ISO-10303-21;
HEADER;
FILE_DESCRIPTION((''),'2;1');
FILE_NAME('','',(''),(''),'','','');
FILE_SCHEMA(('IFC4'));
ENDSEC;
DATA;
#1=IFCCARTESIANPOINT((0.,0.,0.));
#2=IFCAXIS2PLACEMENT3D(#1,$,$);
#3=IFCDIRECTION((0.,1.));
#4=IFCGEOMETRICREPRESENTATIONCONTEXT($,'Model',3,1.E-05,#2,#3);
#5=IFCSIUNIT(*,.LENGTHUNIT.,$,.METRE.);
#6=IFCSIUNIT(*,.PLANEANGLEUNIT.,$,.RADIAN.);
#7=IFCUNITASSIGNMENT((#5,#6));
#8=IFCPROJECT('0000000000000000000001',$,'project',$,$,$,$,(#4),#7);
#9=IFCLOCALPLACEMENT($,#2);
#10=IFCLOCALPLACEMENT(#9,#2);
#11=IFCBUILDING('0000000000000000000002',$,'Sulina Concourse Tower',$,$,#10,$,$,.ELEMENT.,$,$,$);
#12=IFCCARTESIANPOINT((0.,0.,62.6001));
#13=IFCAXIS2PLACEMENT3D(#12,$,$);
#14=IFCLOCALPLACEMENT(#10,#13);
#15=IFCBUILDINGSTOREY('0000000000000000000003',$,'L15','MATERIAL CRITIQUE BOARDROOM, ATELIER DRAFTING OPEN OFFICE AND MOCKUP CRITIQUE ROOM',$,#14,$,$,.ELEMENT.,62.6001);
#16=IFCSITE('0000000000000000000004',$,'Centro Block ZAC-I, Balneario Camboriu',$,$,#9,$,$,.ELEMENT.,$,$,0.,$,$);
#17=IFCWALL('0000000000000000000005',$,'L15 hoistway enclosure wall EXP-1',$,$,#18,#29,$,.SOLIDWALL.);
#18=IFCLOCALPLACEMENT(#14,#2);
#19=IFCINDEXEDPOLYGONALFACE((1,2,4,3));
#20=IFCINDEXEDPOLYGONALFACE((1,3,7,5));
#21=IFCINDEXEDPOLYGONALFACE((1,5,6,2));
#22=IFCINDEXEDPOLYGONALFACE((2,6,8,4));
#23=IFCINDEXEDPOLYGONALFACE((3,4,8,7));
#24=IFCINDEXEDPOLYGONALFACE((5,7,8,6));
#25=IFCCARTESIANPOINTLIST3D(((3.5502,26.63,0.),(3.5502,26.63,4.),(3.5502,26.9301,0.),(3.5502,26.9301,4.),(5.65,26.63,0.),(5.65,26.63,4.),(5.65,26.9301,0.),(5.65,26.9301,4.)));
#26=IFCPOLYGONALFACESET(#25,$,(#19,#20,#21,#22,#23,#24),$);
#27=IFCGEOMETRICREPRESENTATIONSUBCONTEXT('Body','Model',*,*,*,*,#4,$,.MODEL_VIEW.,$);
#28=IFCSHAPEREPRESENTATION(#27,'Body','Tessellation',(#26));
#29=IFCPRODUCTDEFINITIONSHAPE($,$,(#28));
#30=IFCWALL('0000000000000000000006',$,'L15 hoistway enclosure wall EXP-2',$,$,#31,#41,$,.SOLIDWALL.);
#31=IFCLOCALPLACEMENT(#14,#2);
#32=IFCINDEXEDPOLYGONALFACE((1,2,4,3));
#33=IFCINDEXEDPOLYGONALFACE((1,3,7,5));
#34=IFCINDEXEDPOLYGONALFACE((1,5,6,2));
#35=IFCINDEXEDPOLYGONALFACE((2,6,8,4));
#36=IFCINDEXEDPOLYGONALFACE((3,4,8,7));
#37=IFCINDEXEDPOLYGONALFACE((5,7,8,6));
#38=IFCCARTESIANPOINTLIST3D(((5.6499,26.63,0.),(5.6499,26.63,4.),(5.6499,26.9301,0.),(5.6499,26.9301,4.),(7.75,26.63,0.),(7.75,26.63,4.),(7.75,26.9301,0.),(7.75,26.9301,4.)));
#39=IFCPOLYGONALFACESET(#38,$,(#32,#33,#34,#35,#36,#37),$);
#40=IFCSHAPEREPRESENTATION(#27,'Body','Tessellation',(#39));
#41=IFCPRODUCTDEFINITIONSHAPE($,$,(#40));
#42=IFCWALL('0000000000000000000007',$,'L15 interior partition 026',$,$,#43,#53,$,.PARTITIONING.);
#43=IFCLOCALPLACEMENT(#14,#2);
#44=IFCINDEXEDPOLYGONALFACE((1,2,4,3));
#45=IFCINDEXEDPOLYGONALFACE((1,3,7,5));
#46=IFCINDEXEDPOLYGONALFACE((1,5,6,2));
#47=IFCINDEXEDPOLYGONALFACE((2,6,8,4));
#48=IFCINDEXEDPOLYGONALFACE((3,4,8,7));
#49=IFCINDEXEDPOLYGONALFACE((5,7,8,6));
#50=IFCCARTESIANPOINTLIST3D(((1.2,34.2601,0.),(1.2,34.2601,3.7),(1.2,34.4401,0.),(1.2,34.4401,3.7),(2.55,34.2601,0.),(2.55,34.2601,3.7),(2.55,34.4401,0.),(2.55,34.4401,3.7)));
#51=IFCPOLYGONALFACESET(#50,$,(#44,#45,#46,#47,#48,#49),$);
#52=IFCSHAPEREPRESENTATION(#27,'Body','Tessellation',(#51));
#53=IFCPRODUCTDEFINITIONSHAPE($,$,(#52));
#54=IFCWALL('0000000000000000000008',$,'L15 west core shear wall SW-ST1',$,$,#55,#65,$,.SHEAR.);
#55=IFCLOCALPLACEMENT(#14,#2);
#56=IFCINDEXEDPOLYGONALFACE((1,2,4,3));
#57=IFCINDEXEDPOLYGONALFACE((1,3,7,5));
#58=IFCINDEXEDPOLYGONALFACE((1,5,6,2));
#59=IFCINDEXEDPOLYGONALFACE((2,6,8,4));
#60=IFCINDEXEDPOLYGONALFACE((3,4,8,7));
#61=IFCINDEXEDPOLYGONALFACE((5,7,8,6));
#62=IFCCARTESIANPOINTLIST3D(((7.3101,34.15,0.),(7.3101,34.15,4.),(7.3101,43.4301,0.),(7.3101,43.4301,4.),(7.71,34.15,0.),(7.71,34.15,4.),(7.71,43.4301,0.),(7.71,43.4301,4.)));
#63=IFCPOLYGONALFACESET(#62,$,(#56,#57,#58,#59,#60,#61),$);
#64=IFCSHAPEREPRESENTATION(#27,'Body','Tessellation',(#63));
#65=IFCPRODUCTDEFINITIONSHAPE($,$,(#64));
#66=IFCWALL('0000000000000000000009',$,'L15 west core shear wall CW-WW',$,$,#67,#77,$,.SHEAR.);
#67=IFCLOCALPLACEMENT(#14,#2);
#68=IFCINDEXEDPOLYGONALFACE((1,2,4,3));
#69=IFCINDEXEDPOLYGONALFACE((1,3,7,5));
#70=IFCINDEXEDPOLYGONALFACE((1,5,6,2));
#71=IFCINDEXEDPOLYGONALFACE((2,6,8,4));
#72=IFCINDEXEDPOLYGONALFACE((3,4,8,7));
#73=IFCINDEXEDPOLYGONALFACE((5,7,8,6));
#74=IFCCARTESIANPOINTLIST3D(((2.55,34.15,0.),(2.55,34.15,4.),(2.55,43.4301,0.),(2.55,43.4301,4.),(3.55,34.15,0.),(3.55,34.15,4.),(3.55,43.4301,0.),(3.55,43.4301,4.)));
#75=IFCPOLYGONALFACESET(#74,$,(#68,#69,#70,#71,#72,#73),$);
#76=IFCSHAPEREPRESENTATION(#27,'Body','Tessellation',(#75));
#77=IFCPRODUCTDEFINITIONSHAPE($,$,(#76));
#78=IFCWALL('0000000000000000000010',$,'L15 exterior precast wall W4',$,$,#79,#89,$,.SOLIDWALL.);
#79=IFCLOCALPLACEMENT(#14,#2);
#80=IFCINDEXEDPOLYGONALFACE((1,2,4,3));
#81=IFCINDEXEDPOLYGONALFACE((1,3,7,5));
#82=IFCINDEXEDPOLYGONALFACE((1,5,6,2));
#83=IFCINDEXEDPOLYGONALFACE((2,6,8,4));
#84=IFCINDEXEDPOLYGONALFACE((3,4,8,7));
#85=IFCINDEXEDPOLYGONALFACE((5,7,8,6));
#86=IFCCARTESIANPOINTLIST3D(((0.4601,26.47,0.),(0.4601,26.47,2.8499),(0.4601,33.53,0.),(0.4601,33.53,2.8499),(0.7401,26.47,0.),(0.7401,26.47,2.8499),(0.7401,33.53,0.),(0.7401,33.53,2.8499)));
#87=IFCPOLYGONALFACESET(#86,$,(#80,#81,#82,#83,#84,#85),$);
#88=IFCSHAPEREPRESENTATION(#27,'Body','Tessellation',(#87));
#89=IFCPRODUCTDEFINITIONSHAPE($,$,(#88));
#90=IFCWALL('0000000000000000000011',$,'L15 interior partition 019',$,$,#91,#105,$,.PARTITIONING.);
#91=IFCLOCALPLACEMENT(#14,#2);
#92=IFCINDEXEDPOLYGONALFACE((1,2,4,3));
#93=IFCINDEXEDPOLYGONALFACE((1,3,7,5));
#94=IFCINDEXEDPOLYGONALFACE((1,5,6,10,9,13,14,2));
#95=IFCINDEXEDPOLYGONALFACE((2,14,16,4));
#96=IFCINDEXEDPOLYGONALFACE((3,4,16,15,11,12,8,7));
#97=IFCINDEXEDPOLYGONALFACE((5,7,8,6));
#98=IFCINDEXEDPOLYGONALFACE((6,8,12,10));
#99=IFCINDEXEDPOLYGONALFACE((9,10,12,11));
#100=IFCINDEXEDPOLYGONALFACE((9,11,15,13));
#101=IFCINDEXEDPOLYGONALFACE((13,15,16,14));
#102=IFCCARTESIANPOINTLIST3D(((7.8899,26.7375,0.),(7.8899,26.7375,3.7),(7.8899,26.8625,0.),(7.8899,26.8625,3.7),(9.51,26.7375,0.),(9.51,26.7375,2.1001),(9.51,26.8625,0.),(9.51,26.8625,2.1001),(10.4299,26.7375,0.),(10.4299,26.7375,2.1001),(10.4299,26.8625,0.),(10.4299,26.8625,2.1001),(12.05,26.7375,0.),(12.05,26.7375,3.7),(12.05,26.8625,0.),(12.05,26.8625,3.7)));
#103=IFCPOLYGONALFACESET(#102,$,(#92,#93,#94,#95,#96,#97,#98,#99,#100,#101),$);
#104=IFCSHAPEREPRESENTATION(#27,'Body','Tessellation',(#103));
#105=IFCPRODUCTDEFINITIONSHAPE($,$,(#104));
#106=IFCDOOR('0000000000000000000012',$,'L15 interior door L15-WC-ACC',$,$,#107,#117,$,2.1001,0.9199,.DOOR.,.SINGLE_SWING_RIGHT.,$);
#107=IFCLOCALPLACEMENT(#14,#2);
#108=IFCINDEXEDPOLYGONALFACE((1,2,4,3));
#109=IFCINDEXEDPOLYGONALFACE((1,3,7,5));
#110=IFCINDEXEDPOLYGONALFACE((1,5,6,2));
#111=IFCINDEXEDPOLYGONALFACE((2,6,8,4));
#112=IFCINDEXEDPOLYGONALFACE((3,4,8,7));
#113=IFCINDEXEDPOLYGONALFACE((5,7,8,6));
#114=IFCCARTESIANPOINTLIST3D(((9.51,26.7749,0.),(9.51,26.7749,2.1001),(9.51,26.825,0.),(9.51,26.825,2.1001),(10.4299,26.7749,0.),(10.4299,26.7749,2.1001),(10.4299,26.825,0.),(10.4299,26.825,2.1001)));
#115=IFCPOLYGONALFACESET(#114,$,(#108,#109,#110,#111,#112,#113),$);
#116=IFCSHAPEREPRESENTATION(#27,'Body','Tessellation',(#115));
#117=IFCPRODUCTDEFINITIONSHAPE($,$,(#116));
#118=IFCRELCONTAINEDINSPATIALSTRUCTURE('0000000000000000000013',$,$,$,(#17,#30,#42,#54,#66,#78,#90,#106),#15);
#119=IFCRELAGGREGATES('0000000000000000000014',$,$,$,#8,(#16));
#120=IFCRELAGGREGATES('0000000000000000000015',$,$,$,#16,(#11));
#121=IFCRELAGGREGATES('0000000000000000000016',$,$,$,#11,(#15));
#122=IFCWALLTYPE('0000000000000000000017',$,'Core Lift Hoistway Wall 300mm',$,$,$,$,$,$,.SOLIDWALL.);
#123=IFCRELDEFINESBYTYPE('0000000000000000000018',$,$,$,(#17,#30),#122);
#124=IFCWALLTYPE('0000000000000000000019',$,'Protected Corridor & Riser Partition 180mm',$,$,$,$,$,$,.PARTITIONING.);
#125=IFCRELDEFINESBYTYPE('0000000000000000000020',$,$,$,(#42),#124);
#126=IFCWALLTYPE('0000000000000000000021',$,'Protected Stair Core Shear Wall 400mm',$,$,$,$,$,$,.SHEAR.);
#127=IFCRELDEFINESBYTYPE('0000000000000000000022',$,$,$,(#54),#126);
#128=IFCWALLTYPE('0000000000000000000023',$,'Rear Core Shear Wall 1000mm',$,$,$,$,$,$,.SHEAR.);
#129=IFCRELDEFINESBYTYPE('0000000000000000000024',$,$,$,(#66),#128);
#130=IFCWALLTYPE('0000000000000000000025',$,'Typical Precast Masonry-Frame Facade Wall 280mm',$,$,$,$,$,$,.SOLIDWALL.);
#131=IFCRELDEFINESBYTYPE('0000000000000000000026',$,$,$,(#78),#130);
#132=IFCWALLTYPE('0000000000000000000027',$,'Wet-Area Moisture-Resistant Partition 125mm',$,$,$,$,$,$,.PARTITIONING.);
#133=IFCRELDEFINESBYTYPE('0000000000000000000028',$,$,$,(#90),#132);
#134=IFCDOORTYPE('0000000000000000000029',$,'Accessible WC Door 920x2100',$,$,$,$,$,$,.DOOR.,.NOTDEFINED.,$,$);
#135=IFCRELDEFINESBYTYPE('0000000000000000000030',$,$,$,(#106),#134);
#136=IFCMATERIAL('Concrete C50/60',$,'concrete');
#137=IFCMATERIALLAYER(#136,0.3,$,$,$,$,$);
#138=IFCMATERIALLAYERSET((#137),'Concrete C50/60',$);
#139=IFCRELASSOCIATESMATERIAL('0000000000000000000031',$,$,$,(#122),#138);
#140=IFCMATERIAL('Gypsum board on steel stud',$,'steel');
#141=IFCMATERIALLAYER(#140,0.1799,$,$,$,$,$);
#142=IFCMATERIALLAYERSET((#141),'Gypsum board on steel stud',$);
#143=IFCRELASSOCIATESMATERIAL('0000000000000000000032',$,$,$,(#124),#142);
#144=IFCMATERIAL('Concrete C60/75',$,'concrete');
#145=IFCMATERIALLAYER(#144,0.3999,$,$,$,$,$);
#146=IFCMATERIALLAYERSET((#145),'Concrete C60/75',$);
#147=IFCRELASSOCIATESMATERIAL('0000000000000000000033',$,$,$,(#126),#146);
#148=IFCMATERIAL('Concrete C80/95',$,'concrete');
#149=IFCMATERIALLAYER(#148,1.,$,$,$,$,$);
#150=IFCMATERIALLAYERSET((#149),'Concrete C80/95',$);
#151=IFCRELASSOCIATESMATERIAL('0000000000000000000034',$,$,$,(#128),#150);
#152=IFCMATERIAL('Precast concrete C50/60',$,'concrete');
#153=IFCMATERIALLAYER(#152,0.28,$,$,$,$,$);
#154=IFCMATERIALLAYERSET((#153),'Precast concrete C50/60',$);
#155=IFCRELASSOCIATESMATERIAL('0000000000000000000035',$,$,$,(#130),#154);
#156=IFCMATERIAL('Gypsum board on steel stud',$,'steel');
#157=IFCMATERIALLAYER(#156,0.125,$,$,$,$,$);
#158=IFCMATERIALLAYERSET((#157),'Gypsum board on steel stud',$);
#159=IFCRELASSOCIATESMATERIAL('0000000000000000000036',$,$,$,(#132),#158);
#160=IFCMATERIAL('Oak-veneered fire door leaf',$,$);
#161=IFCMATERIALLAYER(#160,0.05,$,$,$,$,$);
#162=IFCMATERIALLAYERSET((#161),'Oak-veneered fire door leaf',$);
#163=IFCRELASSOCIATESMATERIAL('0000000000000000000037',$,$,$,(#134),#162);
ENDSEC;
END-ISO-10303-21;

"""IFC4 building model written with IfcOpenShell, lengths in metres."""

from ifc_helpers import new_model, si_unit, direction, frame, frame_2d, origin, place, context, subcontext, project, spatial, rectangle, extrude, material, layer, layer_set, type_object, element, fill, save


model = new_model("IFC4")

# Units and contexts
model_context = context("Model", 3, precision=1e-05, world=origin(), true_north=direction((0.0, 1.0)))
body_context = subcontext(model_context, "Body", "Model", "MODEL_VIEW")
ifc_project = project(units=[si_unit("LENGTHUNIT", "METRE"), si_unit("PLANEANGLEUNIT", "RADIAN")], contexts=[model_context])

# Site, building, storey
site_placement = place(None, origin())
site = spatial("IfcSite", under=ifc_project, at=site_placement, Name="Centro Block ZAC-I, Balneario Camboriu", CompositionType="ELEMENT", RefElevation=0.0)
building_placement = place(site_placement, origin())
building = spatial("IfcBuilding", under=site, at=building_placement, Name="Sulina Concourse Tower", CompositionType="ELEMENT")
storey_placement = place(building_placement, frame((0.0, 0.0, 62.6001)))
storey = spatial("IfcBuildingStorey", under=building, at=storey_placement, Name="L15", Description="MATERIAL CRITIQUE BOARDROOM, ATELIER DRAFTING OPEN OFFICE AND MOCKUP CRITIQUE ROOM", CompositionType="ELEMENT", Elevation=62.6001)

# Walls
ifc_material_1 = material(Name="Concrete C50/60", Category="concrete")
ifc_layer_1 = layer(ifc_material_1, 0.3)
ifc_layer_set_1 = layer_set([ifc_layer_1], Name="Concrete C50/60")
wall_type_1 = type_object("IfcWallType", Name="Core Lift Hoistway Wall 300mm", PredefinedType="SOLIDWALL", material=ifc_layer_set_1)
wall_1_placement = place(storey_placement, frame((5.6499, 26.78, 0.0), z_axis=(0.0, 0.0, 1.0), x_axis=(-1.0, 0.0, 0.0)))
element("IfcWall", 1, at=wall_1_placement, inside=storey, type_object=wall_type_1, Name="L15 hoistway enclosure wall EXP-1", PredefinedType="SOLIDWALL", context=body_context, shape_type="SweptSolid", body=[
    extrude(rectangle(XDim=2.0999, YDim=0.3, at=frame_2d((1.0498, 0.0))), origin(), (0.0, 0.0, 1.0), 4.0),
])
wall_2_placement = place(storey_placement, frame((7.75, 26.78, 0.0), z_axis=(0.0, 0.0, 1.0), x_axis=(-1.0, 0.0, 0.0)))
element("IfcWall", 2, at=wall_2_placement, inside=storey, type_object=wall_type_1, Name="L15 hoistway enclosure wall EXP-2", PredefinedType="SOLIDWALL", context=body_context, shape_type="SweptSolid", body=[
    extrude(rectangle(XDim=2.1001, YDim=0.3, at=frame_2d((1.05, 0.0))), origin(), (0.0, 0.0, 1.0), 4.0),
])
ifc_material_2 = material(Name="Gypsum board on steel stud", Category="steel")
ifc_layer_2 = layer(ifc_material_2, 0.1799)
ifc_layer_set_2 = layer_set([ifc_layer_2], Name="Gypsum board on steel stud")
wall_type_2 = type_object("IfcWallType", Name="Protected Corridor & Riser Partition 180mm", PredefinedType="PARTITIONING", material=ifc_layer_set_2)
wall_3_placement = place(storey_placement, frame((1.2, 34.3501, 0.0), z_axis=(0.0, 0.0, 1.0), x_axis=(1.0, 0.0, 0.0)))
element("IfcWall", 3, at=wall_3_placement, inside=storey, type_object=wall_type_2, Name="L15 interior partition 026", PredefinedType="PARTITIONING", context=body_context, shape_type="SweptSolid", body=[
    extrude(rectangle(XDim=1.3501, YDim=0.1799, at=frame_2d((0.675, 0.0))), origin(), (0.0, 0.0, 1.0), 3.7),
])
ifc_material_3 = material(Name="Concrete C60/75", Category="concrete")
ifc_layer_3 = layer(ifc_material_3, 0.3999)
ifc_layer_set_3 = layer_set([ifc_layer_3], Name="Concrete C60/75")
wall_type_3 = type_object("IfcWallType", Name="Protected Stair Core Shear Wall 400mm", PredefinedType="SHEAR", material=ifc_layer_set_3)
wall_4_placement = place(storey_placement, frame((7.51, 34.1499, 0.0), z_axis=(0.0, 0.0, 1.0), x_axis=(0.0, 1.0, 0.0)))
element("IfcWall", 4, at=wall_4_placement, inside=storey, type_object=wall_type_3, Name="L15 west core shear wall SW-ST1", PredefinedType="SHEAR", context=body_context, shape_type="SweptSolid", body=[
    extrude(rectangle(XDim=9.28, YDim=0.3999, at=frame_2d((4.6401, 0.0))), origin(), (0.0, 0.0, 1.0), 4.0),
])
ifc_material_4 = material(Name="Concrete C80/95", Category="concrete")
ifc_layer_4 = layer(ifc_material_4, 1.0)
ifc_layer_set_4 = layer_set([ifc_layer_4], Name="Concrete C80/95")
wall_type_4 = type_object("IfcWallType", Name="Rear Core Shear Wall 1000mm", PredefinedType="SHEAR", material=ifc_layer_set_4)
wall_5_placement = place(storey_placement, frame((3.05, 34.1499, 0.0), z_axis=(0.0, 0.0, 1.0), x_axis=(0.0, 1.0, 0.0)))
element("IfcWall", 5, at=wall_5_placement, inside=storey, type_object=wall_type_4, Name="L15 west core shear wall CW-WW", PredefinedType="SHEAR", context=body_context, shape_type="SweptSolid", body=[
    extrude(rectangle(XDim=9.28, YDim=1.0, at=frame_2d((4.6401, 0.0))), origin(), (0.0, 0.0, 1.0), 4.0),
])
ifc_material_5 = material(Name="Precast concrete C50/60", Category="concrete")
ifc_layer_5 = layer(ifc_material_5, 0.28)
ifc_layer_set_5 = layer_set([ifc_layer_5], Name="Precast concrete C50/60")
wall_type_5 = type_object("IfcWallType", Name="Typical Precast Masonry-Frame Facade Wall 280mm", PredefinedType="SOLIDWALL", material=ifc_layer_set_5)
wall_6_placement = place(storey_placement, frame((0.6001, 26.47, 0.0), z_axis=(0.0, 0.0, 1.0), x_axis=(0.0, 1.0, 0.0)))
element("IfcWall", 6, at=wall_6_placement, inside=storey, type_object=wall_type_5, Name="L15 exterior precast wall W4", PredefinedType="SOLIDWALL", context=body_context, shape_type="SweptSolid", body=[
    extrude(rectangle(XDim=7.0601, YDim=0.28, at=frame_2d((3.53, 0.0))), origin(), (0.0, 0.0, 1.0), 2.8499),
])

# Wall, opening, door
ifc_material_6 = material(Name="Gypsum board on steel stud", Category="steel")
ifc_layer_6 = layer(ifc_material_6, 0.125)
ifc_layer_set_6 = layer_set([ifc_layer_6], Name="Gypsum board on steel stud")
wall_type_6 = type_object("IfcWallType", Name="Wet-Area Moisture-Resistant Partition 125mm", PredefinedType="PARTITIONING", material=ifc_layer_set_6)
wall_7_placement = place(storey_placement, frame((7.8899, 26.8, 0.0), z_axis=(0.0, 0.0, 1.0), x_axis=(1.0, 0.0, 0.0)))
wall_7 = element("IfcWall", 7, at=wall_7_placement, inside=storey, type_object=wall_type_6, Name="L15 interior partition 019", PredefinedType="PARTITIONING", context=body_context, shape_type="SweptSolid", body=[
    extrude(rectangle(XDim=4.1602, YDim=0.125, at=frame_2d((2.0801, 0.0))), origin(), (0.0, 0.0, 1.0), 3.7),
])
opening_placement = place(wall_7_placement, frame((1.6201, 0.0, 0.0)))
opening = element("IfcOpeningElement", 8, at=opening_placement, cuts=wall_7, PredefinedType="OPENING", context=body_context, shape_type="SweptSolid", body=[
    extrude(rectangle(XDim=0.9199, YDim=2.1001, at=frame_2d((0.46, 1.05))), frame((0.0, 0.0725, 0.0), z_axis=(0.0, -1.0, 0.0), x_axis=(1.0, 0.0, 0.0)), (0.0, 0.0, 1.0), 0.145),
])
ifc_material_7 = material(Name="Oak-veneered fire door leaf")
ifc_layer_7 = layer(ifc_material_7, 0.05)
ifc_layer_set_7 = layer_set([ifc_layer_7], Name="Oak-veneered fire door leaf")
door_type = type_object("IfcDoorType", Name="Accessible WC Door 920x2100", OperationType="NOTDEFINED", PredefinedType="DOOR", material=ifc_layer_set_7)
door_placement = place(opening_placement, origin())
door = element("IfcDoor", 9, at=door_placement, inside=storey, type_object=door_type, Name="L15 interior door L15-WC-ACC", OperationType="SINGLE_SWING_RIGHT", OverallHeight=2.1001, OverallWidth=0.9199, PredefinedType="DOOR", context=body_context, shape_type="SweptSolid", body=[
    extrude(rectangle(XDim=0.9199, YDim=2.1001, at=frame_2d((0.46, 1.05))), frame((0.0, 0.0249, 0.0), z_axis=(0.0, -1.0, 0.0), x_axis=(1.0, 0.0, 0.0)), (0.0, 0.0, 1.0), 0.05),
])
fill(opening, door)

save(model, "model.ifc")
